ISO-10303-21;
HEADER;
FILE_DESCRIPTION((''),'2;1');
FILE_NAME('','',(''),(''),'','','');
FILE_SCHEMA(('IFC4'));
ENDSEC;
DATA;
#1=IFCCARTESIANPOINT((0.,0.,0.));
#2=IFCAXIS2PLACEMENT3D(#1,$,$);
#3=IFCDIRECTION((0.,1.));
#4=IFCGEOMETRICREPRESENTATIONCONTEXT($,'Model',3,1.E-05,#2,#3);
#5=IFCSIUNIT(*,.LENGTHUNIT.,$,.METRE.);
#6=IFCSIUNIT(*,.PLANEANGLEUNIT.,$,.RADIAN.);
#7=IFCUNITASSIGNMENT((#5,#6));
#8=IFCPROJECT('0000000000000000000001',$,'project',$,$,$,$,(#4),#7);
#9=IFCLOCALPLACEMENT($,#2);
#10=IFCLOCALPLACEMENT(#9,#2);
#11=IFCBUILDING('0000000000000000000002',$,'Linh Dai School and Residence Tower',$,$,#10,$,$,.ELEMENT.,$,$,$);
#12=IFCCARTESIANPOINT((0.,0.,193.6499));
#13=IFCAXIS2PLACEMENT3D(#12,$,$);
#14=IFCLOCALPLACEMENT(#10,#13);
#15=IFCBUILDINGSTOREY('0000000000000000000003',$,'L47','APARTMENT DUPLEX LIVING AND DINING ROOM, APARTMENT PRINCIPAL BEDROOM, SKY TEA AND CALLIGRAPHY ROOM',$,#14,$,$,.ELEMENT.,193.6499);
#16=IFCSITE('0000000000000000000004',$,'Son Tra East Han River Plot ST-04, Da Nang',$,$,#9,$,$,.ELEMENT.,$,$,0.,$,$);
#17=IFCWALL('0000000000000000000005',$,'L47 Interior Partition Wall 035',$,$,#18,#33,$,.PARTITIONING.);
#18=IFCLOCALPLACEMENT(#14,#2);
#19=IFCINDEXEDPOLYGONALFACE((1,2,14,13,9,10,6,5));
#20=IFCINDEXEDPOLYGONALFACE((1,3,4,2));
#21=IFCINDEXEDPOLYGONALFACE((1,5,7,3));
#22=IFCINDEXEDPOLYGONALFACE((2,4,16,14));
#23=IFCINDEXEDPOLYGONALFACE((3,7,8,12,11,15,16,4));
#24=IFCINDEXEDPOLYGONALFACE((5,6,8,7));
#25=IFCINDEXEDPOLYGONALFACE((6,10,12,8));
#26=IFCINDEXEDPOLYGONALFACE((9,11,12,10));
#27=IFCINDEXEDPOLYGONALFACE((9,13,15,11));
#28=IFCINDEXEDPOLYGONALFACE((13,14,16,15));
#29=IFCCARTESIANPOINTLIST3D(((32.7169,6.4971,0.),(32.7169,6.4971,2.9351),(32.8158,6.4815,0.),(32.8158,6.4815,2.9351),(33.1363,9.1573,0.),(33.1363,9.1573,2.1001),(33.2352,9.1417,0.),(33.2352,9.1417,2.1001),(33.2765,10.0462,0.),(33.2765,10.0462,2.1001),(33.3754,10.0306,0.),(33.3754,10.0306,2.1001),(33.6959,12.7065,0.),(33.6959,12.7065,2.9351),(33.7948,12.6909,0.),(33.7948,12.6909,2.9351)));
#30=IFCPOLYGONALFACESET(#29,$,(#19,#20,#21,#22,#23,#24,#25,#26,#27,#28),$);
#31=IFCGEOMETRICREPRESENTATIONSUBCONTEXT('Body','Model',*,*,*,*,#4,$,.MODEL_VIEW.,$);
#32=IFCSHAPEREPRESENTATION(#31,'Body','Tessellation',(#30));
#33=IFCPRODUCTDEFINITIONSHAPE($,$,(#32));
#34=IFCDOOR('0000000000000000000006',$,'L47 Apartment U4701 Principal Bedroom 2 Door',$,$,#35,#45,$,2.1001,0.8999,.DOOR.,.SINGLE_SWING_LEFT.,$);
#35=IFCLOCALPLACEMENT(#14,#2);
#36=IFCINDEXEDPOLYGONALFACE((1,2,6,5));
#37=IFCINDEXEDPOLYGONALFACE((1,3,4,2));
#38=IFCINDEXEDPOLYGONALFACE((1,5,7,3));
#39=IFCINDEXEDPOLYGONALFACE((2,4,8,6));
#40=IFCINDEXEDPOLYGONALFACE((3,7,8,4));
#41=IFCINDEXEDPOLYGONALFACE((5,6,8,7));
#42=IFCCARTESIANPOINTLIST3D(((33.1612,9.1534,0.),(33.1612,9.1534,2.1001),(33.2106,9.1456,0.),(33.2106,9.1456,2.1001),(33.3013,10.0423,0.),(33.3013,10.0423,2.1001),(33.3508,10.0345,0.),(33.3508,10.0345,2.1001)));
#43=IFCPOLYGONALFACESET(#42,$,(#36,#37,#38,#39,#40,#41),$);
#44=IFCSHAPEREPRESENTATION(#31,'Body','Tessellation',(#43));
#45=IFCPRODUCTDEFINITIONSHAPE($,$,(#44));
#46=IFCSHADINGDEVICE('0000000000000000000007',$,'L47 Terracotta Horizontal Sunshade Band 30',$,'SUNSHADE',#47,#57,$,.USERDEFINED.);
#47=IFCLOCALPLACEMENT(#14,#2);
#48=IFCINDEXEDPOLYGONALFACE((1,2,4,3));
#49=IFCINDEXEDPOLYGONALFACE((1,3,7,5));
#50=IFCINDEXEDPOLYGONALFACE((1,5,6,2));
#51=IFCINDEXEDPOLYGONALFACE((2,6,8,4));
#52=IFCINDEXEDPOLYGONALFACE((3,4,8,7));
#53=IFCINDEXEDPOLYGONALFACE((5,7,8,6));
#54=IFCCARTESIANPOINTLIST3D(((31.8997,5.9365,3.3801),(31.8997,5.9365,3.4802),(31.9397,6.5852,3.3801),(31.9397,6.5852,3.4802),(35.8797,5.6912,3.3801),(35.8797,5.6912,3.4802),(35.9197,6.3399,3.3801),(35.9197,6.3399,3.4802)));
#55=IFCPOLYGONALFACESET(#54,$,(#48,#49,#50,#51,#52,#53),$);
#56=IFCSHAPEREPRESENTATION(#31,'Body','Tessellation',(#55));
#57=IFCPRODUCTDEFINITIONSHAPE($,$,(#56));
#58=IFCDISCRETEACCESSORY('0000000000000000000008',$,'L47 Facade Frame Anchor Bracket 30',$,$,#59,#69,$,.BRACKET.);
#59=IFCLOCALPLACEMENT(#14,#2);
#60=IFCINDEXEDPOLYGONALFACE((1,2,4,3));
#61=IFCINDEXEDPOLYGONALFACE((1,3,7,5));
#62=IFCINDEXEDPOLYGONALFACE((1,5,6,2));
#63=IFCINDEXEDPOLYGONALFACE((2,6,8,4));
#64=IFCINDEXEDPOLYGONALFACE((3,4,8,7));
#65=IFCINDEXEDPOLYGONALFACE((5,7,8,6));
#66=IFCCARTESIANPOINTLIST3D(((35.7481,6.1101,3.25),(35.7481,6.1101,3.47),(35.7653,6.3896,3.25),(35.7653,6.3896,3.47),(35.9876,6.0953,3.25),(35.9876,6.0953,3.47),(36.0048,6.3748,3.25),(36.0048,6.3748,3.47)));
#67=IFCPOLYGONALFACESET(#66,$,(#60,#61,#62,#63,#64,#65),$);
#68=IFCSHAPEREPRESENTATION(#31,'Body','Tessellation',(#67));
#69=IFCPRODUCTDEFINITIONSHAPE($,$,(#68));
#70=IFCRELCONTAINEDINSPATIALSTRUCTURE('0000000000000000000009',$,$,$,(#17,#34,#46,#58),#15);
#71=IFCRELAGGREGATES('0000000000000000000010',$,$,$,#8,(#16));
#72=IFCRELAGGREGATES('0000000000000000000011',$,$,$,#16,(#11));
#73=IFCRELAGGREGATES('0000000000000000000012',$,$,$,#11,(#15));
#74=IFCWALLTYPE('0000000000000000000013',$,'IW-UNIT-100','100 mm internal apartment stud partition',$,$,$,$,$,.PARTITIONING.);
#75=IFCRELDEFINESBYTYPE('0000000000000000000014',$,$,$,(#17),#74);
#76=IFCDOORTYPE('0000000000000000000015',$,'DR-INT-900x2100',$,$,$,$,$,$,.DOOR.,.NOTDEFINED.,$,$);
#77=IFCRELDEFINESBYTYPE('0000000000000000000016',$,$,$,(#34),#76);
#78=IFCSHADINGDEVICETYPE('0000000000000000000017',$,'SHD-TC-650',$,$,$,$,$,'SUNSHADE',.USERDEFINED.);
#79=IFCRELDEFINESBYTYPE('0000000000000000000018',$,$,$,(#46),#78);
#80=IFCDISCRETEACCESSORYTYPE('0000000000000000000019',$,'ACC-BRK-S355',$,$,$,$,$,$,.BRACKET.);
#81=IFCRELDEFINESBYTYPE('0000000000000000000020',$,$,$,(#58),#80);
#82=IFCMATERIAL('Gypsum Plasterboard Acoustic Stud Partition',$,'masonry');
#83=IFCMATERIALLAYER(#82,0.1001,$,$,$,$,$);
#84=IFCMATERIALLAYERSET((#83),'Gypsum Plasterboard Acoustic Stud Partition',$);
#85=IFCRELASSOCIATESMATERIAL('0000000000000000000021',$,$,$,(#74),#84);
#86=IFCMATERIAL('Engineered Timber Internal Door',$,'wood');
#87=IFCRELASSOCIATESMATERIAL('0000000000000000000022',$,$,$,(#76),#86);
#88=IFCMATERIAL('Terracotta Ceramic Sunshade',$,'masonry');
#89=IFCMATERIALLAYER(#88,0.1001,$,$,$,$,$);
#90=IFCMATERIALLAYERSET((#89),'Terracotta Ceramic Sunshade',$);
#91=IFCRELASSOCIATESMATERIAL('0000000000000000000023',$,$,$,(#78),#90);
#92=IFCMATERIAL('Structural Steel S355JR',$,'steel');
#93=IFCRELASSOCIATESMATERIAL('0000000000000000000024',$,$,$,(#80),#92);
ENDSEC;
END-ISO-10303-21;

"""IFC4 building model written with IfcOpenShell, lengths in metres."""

from ifc_helpers import new_model, si_unit, direction, frame, frame_2d, origin, origin_2d, place, context, subcontext, project, spatial, rectangle, extrude, source, transform, mapped, material, layer, layer_set, type_object, element, fill, save


model = new_model("IFC4")

# Units and contexts
model_context = context("Model", 3, precision=1e-05, world=origin(), true_north=direction((0.0, 1.0)))
body_context = subcontext(model_context, "Body", "Model", "MODEL_VIEW")
ifc_project = project(units=[si_unit("LENGTHUNIT", "METRE"), si_unit("PLANEANGLEUNIT", "RADIAN")], contexts=[model_context])

# Site, building, storey
site_placement = place(None, origin())
site = spatial("IfcSite", under=ifc_project, at=site_placement, Name="Son Tra East Han River Plot ST-04, Da Nang", CompositionType="ELEMENT", RefElevation=0.0)
building_placement = place(site_placement, origin())
building = spatial("IfcBuilding", under=site, at=building_placement, Name="Linh Dai School and Residence Tower", CompositionType="ELEMENT")
storey_placement = place(building_placement, frame((0.0, 0.0, 193.6499)))
storey = spatial("IfcBuildingStorey", under=building, at=storey_placement, Name="L47", Description="APARTMENT DUPLEX LIVING AND DINING ROOM, APARTMENT PRINCIPAL BEDROOM, SKY TEA AND CALLIGRAPHY ROOM", CompositionType="ELEMENT", Elevation=193.6499)

# Shared definitions
ifc_material_1 = material(Name="Structural Steel S355JR", Category="steel")

# Shared definitions
ifc_material_2 = material(Name="Gypsum Plasterboard Acoustic Stud Partition", Category="masonry")
ifc_layer_1 = layer(ifc_material_2, 0.1001)
ifc_layer_set_1 = layer_set([ifc_layer_1], Name="Gypsum Plasterboard Acoustic Stud Partition")
wall_type_1 = type_object("IfcWallType", Name="IW-UNIT-100", Description="100 mm internal apartment stud partition", PredefinedType="PARTITIONING", material=ifc_layer_set_1)
ifc_material_3 = material(Name="Engineered Timber Internal Door", Category="wood")
door_type_1 = type_object("IfcDoorType", Name="DR-INT-900x2100", OperationType="NOTDEFINED", PredefinedType="DOOR", material=ifc_material_3)
shared_shape_1 = source(origin(), body_context, "Body", "SweptSolid", [
    extrude(rectangle(XDim=0.8999, YDim=2.1001, at=origin_2d()), frame((0.45, 0.0249, 1.05), z_axis=(0.0, -1.0, 0.0), x_axis=(1.0, 0.0, 0.0)), (0.0, 0.0, 1.0), 0.05),
])

# Wall, opening, door
wall_1_placement = place(storey_placement, frame((32.7664, 6.4893, 0.0), z_axis=(0.0, 0.0, 1.0), x_axis=(0.155739, 0.987798, 0.0)))
wall_1 = element("IfcWall", 1, at=wall_1_placement, inside=storey, type_object=wall_type_1, Name="L47 Interior Partition Wall 035", PredefinedType="PARTITIONING", context=body_context, shape_type="SweptSolid", body=[
    extrude(rectangle(XDim=6.2861, YDim=0.1001, at=frame_2d((3.1431, 0.0))), origin(), (0.0, 0.0, 1.0), 2.9351),
])
opening_1_placement = place(wall_1_placement, frame((2.6931, 0.0, 0.0)))
opening_1 = element("IfcOpeningElement", 2, at=opening_1_placement, cuts=wall_1, PredefinedType="OPENING", context=body_context, shape_type="SweptSolid", body=[
    extrude(rectangle(XDim=0.8999, YDim=2.1001, at=origin_2d()), frame((0.45, 0.0601, 1.05), z_axis=(0.0, -1.0, 0.0), x_axis=(1.0, 0.0, 0.0)), (0.0, 0.0, 1.0), 0.1201),
])
door_1_placement = place(opening_1_placement, origin())
door_1 = element("IfcDoor", 3, at=door_1_placement, inside=storey, type_object=door_type_1, Name="L47 Apartment U4701 Principal Bedroom 2 Door", OperationType="SINGLE_SWING_LEFT", OverallHeight=2.1001, OverallWidth=0.8999, PredefinedType="DOOR", context=body_context, shape_type="MappedRepresentation", body=[
    mapped(shared_shape_1, transform((0.0, 0.0, 0.0), x_axis=(1.0, 0.0, 0.0), y_axis=(0.0, 1.0, 0.0), z_axis=(0.0, 0.0, 1.0), scale=1.0)),
])
fill(opening_1, door_1)

# Shading device
ifc_material_4 = material(Name="Terracotta Ceramic Sunshade", Category="masonry")
ifc_layer_2 = layer(ifc_material_4, 0.1001)
ifc_layer_set_2 = layer_set([ifc_layer_2], Name="Terracotta Ceramic Sunshade")
shading_device_type = type_object("IfcShadingDeviceType", Name="SHD-TC-650", ElementType="SUNSHADE", PredefinedType="USERDEFINED", material=ifc_layer_set_2)
shared_shape_2 = source(origin(), body_context, "Body", "SweptSolid", [
    extrude(rectangle(XDim=3.9875, YDim=0.6499, at=origin_2d()), origin(), (0.0, 0.0, 1.0), 0.1001),
])
shading_device_placement = place(storey_placement, frame((33.9097, 6.1382, 3.3801), z_axis=(0.0, 0.0, 1.0), x_axis=(-0.998106, 0.061512, 0.0)))
element("IfcShadingDevice", 4, at=shading_device_placement, inside=storey, type_object=shading_device_type, Name="L47 Terracotta Horizontal Sunshade Band 30", ObjectType="SUNSHADE", PredefinedType="USERDEFINED", context=body_context, shape_type="MappedRepresentation", body=[
    mapped(shared_shape_2, transform((0.0, 0.0, 0.0), x_axis=(1.0, 0.0, 0.0), y_axis=(0.0, 1.0, 0.0), z_axis=(0.0, 0.0, 1.0), scale=1.0)),
])

# Discrete accessory
discrete_accessory_type = type_object("IfcDiscreteAccessoryType", Name="ACC-BRK-S355", PredefinedType="BRACKET", material=ifc_material_1)
shared_shape_3 = source(origin(), body_context, "Body", "SweptSolid", [
    extrude(rectangle(XDim=0.28, YDim=0.24, at=origin_2d()), origin(), (0.0, 0.0, 1.0), 0.22),
])
discrete_accessory_placement = place(storey_placement, frame((35.8765, 6.2424, 3.25), z_axis=(0.0, 0.0, 1.0), x_axis=(-0.061512, -0.998106, 0.0)))
element("IfcDiscreteAccessory", 5, at=discrete_accessory_placement, inside=storey, type_object=discrete_accessory_type, Name="L47 Facade Frame Anchor Bracket 30", PredefinedType="BRACKET", context=body_context, shape_type="MappedRepresentation", body=[
    mapped(shared_shape_3, transform((0.0, 0.0, 0.0), x_axis=(1.0, 0.0, 0.0), y_axis=(0.0, 1.0, 0.0), z_axis=(0.0, 0.0, 1.0), scale=1.0)),
])

save(model, "model.ifc")
